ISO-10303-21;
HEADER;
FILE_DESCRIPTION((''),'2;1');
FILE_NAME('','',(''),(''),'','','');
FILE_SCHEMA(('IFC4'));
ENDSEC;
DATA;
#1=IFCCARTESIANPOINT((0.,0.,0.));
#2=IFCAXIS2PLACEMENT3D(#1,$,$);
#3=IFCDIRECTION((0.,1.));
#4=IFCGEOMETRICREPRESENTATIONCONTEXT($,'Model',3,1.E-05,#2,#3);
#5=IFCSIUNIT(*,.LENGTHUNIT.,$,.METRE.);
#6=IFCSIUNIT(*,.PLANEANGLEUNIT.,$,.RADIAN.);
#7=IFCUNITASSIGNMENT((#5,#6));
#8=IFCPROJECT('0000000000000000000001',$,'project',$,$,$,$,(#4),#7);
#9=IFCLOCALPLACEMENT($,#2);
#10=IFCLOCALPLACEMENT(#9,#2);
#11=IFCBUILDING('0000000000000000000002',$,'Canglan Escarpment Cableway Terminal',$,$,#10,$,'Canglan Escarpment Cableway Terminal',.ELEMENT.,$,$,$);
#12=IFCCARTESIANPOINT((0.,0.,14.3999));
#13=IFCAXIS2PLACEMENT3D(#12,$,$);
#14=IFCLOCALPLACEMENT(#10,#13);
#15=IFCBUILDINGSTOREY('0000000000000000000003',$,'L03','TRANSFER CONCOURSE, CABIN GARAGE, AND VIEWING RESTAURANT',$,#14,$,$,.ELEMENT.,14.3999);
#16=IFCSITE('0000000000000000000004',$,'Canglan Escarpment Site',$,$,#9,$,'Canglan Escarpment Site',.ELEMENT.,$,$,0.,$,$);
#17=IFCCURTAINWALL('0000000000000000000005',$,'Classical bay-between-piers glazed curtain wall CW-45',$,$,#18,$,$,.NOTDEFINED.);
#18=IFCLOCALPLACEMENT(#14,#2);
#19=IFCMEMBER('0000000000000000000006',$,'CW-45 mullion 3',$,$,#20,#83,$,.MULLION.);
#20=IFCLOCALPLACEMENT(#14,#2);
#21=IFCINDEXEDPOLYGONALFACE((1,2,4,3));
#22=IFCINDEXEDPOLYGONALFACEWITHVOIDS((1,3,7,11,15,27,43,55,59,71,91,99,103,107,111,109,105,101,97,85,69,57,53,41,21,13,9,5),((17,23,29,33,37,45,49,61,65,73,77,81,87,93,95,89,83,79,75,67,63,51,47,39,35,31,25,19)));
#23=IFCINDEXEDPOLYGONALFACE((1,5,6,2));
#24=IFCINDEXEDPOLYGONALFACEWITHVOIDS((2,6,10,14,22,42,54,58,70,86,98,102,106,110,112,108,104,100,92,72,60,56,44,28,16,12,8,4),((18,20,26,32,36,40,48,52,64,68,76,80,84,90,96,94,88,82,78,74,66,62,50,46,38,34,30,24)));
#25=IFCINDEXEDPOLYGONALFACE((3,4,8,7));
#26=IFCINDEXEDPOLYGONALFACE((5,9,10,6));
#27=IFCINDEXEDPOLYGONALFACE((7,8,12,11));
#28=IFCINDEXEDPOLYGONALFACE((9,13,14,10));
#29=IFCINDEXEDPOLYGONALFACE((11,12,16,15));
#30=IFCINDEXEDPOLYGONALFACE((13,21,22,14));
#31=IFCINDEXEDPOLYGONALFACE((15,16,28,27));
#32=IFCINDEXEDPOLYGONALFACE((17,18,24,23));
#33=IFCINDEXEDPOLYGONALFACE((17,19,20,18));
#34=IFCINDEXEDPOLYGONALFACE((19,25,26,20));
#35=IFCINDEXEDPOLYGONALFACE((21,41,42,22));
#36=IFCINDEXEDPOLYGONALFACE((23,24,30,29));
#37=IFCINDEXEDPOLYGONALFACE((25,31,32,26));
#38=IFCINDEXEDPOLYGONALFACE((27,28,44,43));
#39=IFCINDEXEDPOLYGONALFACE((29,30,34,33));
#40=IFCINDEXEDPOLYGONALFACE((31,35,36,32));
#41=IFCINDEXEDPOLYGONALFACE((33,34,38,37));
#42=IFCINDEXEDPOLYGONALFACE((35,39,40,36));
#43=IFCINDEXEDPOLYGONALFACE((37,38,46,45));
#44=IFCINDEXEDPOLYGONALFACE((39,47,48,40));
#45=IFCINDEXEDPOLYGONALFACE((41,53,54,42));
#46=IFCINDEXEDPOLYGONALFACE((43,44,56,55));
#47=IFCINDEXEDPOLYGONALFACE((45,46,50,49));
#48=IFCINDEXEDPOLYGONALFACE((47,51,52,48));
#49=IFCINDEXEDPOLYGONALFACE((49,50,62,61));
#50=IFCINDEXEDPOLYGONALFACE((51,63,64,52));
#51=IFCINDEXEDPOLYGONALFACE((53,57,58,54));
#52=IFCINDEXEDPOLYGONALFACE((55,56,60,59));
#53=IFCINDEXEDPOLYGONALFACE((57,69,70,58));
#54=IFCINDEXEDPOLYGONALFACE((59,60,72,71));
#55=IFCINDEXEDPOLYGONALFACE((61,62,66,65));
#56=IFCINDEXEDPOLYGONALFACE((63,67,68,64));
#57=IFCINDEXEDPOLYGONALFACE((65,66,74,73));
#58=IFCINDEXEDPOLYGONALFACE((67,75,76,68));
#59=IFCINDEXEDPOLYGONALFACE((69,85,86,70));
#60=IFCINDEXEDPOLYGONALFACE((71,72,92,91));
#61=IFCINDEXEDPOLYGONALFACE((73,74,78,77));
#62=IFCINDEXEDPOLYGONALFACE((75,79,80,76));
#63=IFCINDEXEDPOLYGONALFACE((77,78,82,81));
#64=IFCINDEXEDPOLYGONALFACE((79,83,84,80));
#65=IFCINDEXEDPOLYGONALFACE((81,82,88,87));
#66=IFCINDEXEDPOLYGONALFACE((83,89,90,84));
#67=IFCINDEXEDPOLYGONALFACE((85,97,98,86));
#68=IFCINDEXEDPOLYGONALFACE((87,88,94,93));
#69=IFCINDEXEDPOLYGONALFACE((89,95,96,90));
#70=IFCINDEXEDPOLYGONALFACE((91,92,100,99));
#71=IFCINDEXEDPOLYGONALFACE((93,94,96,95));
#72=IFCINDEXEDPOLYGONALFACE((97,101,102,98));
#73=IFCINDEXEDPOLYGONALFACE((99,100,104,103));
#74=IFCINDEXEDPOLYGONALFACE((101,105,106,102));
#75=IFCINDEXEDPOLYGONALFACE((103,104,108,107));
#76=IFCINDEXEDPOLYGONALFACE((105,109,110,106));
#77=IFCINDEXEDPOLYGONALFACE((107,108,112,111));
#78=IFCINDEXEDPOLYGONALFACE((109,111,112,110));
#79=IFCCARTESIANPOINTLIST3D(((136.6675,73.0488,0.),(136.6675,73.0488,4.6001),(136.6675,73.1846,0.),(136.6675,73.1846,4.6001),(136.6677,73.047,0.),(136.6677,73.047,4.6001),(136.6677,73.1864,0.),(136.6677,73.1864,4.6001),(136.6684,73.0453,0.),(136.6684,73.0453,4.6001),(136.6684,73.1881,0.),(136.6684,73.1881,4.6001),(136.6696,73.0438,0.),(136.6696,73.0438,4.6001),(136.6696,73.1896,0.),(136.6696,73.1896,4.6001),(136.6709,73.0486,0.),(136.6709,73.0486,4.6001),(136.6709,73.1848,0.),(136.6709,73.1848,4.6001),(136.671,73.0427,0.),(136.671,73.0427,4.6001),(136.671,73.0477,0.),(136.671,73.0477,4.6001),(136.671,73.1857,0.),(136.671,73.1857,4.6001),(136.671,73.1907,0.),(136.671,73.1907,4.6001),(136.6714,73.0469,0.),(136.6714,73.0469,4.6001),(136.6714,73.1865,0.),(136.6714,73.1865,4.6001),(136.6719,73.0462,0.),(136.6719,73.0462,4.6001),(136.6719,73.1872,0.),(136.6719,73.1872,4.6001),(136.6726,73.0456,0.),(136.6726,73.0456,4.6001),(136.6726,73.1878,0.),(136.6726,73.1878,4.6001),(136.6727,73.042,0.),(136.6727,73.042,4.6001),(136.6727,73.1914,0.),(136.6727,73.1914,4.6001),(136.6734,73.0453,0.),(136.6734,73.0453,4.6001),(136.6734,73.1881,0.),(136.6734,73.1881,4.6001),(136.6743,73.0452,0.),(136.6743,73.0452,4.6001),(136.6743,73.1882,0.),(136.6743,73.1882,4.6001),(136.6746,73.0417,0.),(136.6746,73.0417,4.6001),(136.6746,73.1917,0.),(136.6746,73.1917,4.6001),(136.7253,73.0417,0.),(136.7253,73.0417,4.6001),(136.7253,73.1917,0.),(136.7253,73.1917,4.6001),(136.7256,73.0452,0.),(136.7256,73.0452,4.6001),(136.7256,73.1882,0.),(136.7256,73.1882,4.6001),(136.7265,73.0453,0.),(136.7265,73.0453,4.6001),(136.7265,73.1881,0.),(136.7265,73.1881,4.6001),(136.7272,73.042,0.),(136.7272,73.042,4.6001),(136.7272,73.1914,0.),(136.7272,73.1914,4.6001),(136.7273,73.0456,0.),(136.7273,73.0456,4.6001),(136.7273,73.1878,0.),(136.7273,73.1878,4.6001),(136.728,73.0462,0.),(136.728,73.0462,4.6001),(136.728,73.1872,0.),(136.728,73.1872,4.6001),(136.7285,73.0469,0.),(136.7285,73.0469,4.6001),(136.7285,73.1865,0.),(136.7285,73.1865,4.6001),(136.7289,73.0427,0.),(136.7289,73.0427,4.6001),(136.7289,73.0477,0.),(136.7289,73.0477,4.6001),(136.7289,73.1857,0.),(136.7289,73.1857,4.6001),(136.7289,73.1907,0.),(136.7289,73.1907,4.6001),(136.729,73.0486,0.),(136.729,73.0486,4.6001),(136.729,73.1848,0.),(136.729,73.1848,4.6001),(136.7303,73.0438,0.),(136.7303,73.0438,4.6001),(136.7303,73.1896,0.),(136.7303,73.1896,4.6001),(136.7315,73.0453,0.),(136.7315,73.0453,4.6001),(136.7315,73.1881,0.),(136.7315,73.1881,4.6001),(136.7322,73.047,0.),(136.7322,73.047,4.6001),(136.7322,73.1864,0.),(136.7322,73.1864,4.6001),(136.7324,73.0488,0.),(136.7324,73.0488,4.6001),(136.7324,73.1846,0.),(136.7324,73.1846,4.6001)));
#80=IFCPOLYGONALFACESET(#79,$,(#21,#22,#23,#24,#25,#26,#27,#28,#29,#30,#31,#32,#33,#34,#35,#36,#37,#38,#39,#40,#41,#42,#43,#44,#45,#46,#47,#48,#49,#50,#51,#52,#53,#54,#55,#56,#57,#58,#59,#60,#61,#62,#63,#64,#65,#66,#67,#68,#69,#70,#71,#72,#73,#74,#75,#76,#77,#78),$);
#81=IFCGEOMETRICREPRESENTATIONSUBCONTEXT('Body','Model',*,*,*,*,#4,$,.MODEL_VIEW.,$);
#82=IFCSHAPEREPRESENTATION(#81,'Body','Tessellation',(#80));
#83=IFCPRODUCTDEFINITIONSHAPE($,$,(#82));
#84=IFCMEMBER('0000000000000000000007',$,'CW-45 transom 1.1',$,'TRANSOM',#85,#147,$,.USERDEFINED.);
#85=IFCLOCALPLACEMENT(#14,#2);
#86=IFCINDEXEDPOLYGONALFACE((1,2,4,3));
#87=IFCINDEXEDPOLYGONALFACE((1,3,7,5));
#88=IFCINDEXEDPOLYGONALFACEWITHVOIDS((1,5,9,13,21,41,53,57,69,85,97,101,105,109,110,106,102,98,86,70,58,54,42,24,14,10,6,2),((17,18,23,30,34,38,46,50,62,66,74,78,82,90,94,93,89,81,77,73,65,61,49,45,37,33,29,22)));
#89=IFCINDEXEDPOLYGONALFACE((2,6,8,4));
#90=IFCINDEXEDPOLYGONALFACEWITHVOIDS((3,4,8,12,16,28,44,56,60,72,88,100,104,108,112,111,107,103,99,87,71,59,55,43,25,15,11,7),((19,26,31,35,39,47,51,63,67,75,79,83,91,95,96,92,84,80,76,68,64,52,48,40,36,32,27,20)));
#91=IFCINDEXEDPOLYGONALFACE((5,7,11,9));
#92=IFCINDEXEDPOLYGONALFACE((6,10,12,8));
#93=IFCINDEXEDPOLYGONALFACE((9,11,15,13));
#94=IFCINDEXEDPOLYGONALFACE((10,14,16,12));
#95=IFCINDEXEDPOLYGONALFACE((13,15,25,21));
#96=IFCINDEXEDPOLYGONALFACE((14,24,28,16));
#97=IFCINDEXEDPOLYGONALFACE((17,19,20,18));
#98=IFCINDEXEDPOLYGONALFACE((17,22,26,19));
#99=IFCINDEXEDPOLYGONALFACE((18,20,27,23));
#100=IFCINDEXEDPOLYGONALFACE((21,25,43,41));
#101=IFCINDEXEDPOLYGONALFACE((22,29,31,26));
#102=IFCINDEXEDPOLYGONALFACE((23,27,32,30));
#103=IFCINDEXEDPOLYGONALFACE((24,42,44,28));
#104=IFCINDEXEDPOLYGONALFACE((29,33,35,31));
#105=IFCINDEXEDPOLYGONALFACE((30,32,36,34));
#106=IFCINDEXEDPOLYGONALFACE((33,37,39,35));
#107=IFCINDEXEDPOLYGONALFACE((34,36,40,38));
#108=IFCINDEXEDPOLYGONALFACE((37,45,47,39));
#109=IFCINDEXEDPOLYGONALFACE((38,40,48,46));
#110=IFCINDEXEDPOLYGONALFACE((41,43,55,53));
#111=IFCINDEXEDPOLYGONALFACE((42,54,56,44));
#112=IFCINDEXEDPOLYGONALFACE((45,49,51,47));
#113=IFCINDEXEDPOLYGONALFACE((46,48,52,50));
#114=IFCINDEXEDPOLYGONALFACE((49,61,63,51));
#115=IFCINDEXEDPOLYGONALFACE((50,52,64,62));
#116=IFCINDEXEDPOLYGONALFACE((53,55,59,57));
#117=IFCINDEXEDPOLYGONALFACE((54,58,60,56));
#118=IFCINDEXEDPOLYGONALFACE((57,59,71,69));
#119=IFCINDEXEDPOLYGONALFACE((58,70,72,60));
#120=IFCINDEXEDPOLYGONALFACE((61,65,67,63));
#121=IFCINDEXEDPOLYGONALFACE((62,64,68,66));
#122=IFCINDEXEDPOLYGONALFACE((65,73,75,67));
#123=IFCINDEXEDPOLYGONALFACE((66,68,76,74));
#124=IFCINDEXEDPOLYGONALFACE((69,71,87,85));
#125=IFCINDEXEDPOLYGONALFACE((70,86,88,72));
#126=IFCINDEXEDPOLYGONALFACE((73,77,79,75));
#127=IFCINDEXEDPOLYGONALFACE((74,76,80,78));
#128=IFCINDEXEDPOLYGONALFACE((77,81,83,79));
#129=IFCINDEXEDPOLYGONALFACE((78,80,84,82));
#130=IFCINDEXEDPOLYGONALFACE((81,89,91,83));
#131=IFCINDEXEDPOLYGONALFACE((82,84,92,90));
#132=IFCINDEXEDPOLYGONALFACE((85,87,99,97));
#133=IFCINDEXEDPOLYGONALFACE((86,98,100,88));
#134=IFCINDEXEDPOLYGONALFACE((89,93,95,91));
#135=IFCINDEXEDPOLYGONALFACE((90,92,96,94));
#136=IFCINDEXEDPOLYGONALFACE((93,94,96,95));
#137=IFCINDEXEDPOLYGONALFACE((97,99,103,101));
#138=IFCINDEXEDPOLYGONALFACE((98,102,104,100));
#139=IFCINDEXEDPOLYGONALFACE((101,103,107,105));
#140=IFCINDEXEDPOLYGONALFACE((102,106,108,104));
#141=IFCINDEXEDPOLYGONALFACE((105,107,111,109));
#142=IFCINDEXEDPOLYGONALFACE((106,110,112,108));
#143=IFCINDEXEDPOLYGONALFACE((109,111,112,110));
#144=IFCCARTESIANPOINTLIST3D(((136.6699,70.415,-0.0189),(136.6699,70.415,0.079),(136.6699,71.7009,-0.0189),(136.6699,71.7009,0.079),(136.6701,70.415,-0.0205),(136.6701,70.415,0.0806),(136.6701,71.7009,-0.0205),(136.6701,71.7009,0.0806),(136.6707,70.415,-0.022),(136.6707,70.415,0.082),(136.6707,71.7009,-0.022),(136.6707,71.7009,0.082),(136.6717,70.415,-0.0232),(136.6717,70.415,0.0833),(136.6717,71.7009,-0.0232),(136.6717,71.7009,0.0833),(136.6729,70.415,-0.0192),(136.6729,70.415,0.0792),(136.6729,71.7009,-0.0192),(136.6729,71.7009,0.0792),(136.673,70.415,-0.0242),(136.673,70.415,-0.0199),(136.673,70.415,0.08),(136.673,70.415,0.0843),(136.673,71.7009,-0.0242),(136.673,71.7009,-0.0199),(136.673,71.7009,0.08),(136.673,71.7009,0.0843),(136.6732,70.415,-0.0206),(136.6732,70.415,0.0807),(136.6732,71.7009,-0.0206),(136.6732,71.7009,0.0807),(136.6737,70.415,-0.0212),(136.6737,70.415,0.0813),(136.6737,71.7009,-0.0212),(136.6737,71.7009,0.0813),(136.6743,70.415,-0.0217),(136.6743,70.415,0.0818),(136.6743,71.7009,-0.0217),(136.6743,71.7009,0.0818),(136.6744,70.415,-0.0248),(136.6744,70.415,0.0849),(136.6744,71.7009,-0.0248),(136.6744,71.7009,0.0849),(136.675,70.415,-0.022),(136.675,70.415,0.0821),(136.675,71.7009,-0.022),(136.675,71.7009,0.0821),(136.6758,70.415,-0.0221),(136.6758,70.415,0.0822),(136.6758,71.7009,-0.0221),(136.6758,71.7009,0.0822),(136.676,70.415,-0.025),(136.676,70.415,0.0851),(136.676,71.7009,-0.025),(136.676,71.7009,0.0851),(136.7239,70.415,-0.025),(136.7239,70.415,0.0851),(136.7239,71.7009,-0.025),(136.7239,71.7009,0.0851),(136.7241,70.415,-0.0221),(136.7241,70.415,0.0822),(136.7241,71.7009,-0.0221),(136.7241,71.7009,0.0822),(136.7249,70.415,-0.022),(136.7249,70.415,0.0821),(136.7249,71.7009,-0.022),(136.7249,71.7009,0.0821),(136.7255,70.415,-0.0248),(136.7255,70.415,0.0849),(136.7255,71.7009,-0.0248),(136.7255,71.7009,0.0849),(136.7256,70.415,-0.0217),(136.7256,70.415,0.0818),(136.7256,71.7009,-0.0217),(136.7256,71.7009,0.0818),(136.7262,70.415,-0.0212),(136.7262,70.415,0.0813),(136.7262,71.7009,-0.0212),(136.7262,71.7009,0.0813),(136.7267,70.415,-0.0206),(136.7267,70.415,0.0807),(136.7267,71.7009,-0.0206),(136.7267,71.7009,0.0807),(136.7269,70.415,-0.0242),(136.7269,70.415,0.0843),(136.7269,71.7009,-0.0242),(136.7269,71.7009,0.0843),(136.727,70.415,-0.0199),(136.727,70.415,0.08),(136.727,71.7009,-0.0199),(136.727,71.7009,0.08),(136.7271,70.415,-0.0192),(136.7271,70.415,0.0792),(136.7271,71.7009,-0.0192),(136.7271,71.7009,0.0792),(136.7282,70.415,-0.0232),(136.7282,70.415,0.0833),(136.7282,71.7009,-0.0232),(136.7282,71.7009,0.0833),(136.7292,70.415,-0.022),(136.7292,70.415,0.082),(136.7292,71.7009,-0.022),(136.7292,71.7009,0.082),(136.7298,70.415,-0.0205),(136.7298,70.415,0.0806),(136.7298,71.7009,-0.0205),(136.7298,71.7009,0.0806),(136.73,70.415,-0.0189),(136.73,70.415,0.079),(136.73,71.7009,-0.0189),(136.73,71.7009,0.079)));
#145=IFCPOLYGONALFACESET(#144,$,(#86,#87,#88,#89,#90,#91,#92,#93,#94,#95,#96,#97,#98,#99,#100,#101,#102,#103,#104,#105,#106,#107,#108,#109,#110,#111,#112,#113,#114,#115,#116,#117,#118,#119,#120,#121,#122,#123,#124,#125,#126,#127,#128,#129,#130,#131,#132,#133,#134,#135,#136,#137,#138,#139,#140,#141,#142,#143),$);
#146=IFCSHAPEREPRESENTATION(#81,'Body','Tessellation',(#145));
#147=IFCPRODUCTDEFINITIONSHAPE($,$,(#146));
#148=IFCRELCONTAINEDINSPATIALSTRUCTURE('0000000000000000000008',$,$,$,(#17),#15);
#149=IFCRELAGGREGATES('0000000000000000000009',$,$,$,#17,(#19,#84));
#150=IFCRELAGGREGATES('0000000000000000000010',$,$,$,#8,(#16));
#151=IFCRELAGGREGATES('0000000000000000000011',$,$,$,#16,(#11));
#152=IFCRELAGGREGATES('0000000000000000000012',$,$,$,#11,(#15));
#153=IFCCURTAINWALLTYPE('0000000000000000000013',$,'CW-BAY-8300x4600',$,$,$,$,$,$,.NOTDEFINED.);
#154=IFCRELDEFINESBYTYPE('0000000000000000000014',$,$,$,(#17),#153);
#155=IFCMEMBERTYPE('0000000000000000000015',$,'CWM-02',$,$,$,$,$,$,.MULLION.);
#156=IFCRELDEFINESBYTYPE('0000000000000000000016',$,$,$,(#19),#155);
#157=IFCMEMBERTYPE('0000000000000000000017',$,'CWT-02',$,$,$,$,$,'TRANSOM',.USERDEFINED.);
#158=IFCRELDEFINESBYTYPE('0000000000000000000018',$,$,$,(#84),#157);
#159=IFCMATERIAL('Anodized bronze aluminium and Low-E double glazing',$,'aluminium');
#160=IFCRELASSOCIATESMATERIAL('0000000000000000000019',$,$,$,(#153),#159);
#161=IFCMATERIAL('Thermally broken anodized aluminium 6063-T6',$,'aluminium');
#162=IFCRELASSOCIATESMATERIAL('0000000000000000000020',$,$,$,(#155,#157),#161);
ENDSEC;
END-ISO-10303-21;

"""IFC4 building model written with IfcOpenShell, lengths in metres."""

from ifc_helpers import new_model, si_unit, direction, frame, origin, origin_2d, place, context, subcontext, project, spatial, hollow_rectangle, extrude, material, material_profile, profile_set, type_object, element, aggregate, save


model = new_model("IFC4")

# Units and contexts
model_context = context("Model", 3, precision=1e-05, world=origin(), true_north=direction((0.0, 1.0)))
body_context = subcontext(model_context, "Body", "Model", "MODEL_VIEW")
ifc_project = project(units=[si_unit("LENGTHUNIT", "METRE"), si_unit("PLANEANGLEUNIT", "RADIAN")], contexts=[model_context])

# Site, building, storey
site_placement = place(None, origin())
site = spatial("IfcSite", under=ifc_project, at=site_placement, Name="Canglan Escarpment Site", LongName="Canglan Escarpment Site", CompositionType="ELEMENT", RefElevation=0.0)
building_placement = place(site_placement, origin())
building = spatial("IfcBuilding", under=site, at=building_placement, Name="Canglan Escarpment Cableway Terminal", LongName="Canglan Escarpment Cableway Terminal", CompositionType="ELEMENT")
storey_placement = place(building_placement, frame((0.0, 0.0, 14.3999)))
storey = spatial("IfcBuildingStorey", under=building, at=storey_placement, Name="L03", Description="TRANSFER CONCOURSE, CABIN GARAGE, AND VIEWING RESTAURANT", CompositionType="ELEMENT", Elevation=14.3999)

# Curtain wall, members
ifc_material_1 = material(Name="Anodized bronze aluminium and Low-E double glazing", Category="aluminium")
curtain_wall_type = type_object("IfcCurtainWallType", Name="CW-BAY-8300x4600", PredefinedType="NOTDEFINED", material=ifc_material_1)
curtain_wall_placement = place(storey_placement, origin())
curtain_wall = element("IfcCurtainWall", 1, at=curtain_wall_placement, inside=storey, type_object=curtain_wall_type, Name="Classical bay-between-piers glazed curtain wall CW-45", PredefinedType="NOTDEFINED")
ifc_material_2 = material(Name="Thermally broken anodized aluminium 6063-T6", Category="aluminium")
ifc_material_profile_1 = material_profile(ifc_material_2, hollow_rectangle(XDim=0.0649, YDim=0.1499, WallThickness=0.0034, InnerFilletRadius=0.0034, OuterFilletRadius=0.0071, at=origin_2d()), Name="ALU-MULL 65x150x3.5")
ifc_profile_set_1 = profile_set([ifc_material_profile_1], Name="Thermally broken anodized aluminium 6063-T6")
member_type_1 = type_object("IfcMemberType", Name="CWM-02", PredefinedType="MULLION", material=ifc_profile_set_1)
member_1_placement = place(storey_placement, frame((136.7, 73.1167, 0.0), z_axis=(0.0, 0.0, 1.0), x_axis=(-1.0, 0.0, 0.0)))
member_1 = element("IfcMember", 2, at=member_1_placement, type_object=member_type_1, Name="CW-45 mullion 3", PredefinedType="MULLION", context=body_context, shape_type="SweptSolid", body=[
    extrude(hollow_rectangle(XDim=0.0649, YDim=0.1499, WallThickness=0.0034, InnerFilletRadius=0.0034, OuterFilletRadius=0.0071, at=origin_2d()), origin(), (0.0, 0.0, 1.0), 4.6001),
])
ifc_material_profile_2 = material_profile(ifc_material_2, hollow_rectangle(XDim=0.0601, YDim=0.1101, WallThickness=0.0029, InnerFilletRadius=0.0029, OuterFilletRadius=0.0061, at=origin_2d()), Name="ALU-TRAN 60x110x3")
ifc_profile_set_2 = profile_set([ifc_material_profile_2], Name="Thermally broken anodized aluminium 6063-T6")
member_type_2 = type_object("IfcMemberType", Name="CWT-02", ElementType="TRANSOM", PredefinedType="USERDEFINED", material=ifc_profile_set_2)
member_2_placement = place(storey_placement, frame((136.7, 70.415, 0.03), z_axis=(0.0, 1.0, 0.0), x_axis=(-1.0, 0.0, 0.0)))
member_2 = element("IfcMember", 3, at=member_2_placement, type_object=member_type_2, Name="CW-45 transom 1.1", ObjectType="TRANSOM", PredefinedType="USERDEFINED", context=body_context, shape_type="SweptSolid", body=[
    extrude(hollow_rectangle(XDim=0.0601, YDim=0.1101, WallThickness=0.0029, InnerFilletRadius=0.0029, OuterFilletRadius=0.0061, at=origin_2d()), origin(), (0.0, 0.0, 1.0), 1.2859),
])
aggregate(curtain_wall, [member_1, member_2])

save(model, "model.ifc")
